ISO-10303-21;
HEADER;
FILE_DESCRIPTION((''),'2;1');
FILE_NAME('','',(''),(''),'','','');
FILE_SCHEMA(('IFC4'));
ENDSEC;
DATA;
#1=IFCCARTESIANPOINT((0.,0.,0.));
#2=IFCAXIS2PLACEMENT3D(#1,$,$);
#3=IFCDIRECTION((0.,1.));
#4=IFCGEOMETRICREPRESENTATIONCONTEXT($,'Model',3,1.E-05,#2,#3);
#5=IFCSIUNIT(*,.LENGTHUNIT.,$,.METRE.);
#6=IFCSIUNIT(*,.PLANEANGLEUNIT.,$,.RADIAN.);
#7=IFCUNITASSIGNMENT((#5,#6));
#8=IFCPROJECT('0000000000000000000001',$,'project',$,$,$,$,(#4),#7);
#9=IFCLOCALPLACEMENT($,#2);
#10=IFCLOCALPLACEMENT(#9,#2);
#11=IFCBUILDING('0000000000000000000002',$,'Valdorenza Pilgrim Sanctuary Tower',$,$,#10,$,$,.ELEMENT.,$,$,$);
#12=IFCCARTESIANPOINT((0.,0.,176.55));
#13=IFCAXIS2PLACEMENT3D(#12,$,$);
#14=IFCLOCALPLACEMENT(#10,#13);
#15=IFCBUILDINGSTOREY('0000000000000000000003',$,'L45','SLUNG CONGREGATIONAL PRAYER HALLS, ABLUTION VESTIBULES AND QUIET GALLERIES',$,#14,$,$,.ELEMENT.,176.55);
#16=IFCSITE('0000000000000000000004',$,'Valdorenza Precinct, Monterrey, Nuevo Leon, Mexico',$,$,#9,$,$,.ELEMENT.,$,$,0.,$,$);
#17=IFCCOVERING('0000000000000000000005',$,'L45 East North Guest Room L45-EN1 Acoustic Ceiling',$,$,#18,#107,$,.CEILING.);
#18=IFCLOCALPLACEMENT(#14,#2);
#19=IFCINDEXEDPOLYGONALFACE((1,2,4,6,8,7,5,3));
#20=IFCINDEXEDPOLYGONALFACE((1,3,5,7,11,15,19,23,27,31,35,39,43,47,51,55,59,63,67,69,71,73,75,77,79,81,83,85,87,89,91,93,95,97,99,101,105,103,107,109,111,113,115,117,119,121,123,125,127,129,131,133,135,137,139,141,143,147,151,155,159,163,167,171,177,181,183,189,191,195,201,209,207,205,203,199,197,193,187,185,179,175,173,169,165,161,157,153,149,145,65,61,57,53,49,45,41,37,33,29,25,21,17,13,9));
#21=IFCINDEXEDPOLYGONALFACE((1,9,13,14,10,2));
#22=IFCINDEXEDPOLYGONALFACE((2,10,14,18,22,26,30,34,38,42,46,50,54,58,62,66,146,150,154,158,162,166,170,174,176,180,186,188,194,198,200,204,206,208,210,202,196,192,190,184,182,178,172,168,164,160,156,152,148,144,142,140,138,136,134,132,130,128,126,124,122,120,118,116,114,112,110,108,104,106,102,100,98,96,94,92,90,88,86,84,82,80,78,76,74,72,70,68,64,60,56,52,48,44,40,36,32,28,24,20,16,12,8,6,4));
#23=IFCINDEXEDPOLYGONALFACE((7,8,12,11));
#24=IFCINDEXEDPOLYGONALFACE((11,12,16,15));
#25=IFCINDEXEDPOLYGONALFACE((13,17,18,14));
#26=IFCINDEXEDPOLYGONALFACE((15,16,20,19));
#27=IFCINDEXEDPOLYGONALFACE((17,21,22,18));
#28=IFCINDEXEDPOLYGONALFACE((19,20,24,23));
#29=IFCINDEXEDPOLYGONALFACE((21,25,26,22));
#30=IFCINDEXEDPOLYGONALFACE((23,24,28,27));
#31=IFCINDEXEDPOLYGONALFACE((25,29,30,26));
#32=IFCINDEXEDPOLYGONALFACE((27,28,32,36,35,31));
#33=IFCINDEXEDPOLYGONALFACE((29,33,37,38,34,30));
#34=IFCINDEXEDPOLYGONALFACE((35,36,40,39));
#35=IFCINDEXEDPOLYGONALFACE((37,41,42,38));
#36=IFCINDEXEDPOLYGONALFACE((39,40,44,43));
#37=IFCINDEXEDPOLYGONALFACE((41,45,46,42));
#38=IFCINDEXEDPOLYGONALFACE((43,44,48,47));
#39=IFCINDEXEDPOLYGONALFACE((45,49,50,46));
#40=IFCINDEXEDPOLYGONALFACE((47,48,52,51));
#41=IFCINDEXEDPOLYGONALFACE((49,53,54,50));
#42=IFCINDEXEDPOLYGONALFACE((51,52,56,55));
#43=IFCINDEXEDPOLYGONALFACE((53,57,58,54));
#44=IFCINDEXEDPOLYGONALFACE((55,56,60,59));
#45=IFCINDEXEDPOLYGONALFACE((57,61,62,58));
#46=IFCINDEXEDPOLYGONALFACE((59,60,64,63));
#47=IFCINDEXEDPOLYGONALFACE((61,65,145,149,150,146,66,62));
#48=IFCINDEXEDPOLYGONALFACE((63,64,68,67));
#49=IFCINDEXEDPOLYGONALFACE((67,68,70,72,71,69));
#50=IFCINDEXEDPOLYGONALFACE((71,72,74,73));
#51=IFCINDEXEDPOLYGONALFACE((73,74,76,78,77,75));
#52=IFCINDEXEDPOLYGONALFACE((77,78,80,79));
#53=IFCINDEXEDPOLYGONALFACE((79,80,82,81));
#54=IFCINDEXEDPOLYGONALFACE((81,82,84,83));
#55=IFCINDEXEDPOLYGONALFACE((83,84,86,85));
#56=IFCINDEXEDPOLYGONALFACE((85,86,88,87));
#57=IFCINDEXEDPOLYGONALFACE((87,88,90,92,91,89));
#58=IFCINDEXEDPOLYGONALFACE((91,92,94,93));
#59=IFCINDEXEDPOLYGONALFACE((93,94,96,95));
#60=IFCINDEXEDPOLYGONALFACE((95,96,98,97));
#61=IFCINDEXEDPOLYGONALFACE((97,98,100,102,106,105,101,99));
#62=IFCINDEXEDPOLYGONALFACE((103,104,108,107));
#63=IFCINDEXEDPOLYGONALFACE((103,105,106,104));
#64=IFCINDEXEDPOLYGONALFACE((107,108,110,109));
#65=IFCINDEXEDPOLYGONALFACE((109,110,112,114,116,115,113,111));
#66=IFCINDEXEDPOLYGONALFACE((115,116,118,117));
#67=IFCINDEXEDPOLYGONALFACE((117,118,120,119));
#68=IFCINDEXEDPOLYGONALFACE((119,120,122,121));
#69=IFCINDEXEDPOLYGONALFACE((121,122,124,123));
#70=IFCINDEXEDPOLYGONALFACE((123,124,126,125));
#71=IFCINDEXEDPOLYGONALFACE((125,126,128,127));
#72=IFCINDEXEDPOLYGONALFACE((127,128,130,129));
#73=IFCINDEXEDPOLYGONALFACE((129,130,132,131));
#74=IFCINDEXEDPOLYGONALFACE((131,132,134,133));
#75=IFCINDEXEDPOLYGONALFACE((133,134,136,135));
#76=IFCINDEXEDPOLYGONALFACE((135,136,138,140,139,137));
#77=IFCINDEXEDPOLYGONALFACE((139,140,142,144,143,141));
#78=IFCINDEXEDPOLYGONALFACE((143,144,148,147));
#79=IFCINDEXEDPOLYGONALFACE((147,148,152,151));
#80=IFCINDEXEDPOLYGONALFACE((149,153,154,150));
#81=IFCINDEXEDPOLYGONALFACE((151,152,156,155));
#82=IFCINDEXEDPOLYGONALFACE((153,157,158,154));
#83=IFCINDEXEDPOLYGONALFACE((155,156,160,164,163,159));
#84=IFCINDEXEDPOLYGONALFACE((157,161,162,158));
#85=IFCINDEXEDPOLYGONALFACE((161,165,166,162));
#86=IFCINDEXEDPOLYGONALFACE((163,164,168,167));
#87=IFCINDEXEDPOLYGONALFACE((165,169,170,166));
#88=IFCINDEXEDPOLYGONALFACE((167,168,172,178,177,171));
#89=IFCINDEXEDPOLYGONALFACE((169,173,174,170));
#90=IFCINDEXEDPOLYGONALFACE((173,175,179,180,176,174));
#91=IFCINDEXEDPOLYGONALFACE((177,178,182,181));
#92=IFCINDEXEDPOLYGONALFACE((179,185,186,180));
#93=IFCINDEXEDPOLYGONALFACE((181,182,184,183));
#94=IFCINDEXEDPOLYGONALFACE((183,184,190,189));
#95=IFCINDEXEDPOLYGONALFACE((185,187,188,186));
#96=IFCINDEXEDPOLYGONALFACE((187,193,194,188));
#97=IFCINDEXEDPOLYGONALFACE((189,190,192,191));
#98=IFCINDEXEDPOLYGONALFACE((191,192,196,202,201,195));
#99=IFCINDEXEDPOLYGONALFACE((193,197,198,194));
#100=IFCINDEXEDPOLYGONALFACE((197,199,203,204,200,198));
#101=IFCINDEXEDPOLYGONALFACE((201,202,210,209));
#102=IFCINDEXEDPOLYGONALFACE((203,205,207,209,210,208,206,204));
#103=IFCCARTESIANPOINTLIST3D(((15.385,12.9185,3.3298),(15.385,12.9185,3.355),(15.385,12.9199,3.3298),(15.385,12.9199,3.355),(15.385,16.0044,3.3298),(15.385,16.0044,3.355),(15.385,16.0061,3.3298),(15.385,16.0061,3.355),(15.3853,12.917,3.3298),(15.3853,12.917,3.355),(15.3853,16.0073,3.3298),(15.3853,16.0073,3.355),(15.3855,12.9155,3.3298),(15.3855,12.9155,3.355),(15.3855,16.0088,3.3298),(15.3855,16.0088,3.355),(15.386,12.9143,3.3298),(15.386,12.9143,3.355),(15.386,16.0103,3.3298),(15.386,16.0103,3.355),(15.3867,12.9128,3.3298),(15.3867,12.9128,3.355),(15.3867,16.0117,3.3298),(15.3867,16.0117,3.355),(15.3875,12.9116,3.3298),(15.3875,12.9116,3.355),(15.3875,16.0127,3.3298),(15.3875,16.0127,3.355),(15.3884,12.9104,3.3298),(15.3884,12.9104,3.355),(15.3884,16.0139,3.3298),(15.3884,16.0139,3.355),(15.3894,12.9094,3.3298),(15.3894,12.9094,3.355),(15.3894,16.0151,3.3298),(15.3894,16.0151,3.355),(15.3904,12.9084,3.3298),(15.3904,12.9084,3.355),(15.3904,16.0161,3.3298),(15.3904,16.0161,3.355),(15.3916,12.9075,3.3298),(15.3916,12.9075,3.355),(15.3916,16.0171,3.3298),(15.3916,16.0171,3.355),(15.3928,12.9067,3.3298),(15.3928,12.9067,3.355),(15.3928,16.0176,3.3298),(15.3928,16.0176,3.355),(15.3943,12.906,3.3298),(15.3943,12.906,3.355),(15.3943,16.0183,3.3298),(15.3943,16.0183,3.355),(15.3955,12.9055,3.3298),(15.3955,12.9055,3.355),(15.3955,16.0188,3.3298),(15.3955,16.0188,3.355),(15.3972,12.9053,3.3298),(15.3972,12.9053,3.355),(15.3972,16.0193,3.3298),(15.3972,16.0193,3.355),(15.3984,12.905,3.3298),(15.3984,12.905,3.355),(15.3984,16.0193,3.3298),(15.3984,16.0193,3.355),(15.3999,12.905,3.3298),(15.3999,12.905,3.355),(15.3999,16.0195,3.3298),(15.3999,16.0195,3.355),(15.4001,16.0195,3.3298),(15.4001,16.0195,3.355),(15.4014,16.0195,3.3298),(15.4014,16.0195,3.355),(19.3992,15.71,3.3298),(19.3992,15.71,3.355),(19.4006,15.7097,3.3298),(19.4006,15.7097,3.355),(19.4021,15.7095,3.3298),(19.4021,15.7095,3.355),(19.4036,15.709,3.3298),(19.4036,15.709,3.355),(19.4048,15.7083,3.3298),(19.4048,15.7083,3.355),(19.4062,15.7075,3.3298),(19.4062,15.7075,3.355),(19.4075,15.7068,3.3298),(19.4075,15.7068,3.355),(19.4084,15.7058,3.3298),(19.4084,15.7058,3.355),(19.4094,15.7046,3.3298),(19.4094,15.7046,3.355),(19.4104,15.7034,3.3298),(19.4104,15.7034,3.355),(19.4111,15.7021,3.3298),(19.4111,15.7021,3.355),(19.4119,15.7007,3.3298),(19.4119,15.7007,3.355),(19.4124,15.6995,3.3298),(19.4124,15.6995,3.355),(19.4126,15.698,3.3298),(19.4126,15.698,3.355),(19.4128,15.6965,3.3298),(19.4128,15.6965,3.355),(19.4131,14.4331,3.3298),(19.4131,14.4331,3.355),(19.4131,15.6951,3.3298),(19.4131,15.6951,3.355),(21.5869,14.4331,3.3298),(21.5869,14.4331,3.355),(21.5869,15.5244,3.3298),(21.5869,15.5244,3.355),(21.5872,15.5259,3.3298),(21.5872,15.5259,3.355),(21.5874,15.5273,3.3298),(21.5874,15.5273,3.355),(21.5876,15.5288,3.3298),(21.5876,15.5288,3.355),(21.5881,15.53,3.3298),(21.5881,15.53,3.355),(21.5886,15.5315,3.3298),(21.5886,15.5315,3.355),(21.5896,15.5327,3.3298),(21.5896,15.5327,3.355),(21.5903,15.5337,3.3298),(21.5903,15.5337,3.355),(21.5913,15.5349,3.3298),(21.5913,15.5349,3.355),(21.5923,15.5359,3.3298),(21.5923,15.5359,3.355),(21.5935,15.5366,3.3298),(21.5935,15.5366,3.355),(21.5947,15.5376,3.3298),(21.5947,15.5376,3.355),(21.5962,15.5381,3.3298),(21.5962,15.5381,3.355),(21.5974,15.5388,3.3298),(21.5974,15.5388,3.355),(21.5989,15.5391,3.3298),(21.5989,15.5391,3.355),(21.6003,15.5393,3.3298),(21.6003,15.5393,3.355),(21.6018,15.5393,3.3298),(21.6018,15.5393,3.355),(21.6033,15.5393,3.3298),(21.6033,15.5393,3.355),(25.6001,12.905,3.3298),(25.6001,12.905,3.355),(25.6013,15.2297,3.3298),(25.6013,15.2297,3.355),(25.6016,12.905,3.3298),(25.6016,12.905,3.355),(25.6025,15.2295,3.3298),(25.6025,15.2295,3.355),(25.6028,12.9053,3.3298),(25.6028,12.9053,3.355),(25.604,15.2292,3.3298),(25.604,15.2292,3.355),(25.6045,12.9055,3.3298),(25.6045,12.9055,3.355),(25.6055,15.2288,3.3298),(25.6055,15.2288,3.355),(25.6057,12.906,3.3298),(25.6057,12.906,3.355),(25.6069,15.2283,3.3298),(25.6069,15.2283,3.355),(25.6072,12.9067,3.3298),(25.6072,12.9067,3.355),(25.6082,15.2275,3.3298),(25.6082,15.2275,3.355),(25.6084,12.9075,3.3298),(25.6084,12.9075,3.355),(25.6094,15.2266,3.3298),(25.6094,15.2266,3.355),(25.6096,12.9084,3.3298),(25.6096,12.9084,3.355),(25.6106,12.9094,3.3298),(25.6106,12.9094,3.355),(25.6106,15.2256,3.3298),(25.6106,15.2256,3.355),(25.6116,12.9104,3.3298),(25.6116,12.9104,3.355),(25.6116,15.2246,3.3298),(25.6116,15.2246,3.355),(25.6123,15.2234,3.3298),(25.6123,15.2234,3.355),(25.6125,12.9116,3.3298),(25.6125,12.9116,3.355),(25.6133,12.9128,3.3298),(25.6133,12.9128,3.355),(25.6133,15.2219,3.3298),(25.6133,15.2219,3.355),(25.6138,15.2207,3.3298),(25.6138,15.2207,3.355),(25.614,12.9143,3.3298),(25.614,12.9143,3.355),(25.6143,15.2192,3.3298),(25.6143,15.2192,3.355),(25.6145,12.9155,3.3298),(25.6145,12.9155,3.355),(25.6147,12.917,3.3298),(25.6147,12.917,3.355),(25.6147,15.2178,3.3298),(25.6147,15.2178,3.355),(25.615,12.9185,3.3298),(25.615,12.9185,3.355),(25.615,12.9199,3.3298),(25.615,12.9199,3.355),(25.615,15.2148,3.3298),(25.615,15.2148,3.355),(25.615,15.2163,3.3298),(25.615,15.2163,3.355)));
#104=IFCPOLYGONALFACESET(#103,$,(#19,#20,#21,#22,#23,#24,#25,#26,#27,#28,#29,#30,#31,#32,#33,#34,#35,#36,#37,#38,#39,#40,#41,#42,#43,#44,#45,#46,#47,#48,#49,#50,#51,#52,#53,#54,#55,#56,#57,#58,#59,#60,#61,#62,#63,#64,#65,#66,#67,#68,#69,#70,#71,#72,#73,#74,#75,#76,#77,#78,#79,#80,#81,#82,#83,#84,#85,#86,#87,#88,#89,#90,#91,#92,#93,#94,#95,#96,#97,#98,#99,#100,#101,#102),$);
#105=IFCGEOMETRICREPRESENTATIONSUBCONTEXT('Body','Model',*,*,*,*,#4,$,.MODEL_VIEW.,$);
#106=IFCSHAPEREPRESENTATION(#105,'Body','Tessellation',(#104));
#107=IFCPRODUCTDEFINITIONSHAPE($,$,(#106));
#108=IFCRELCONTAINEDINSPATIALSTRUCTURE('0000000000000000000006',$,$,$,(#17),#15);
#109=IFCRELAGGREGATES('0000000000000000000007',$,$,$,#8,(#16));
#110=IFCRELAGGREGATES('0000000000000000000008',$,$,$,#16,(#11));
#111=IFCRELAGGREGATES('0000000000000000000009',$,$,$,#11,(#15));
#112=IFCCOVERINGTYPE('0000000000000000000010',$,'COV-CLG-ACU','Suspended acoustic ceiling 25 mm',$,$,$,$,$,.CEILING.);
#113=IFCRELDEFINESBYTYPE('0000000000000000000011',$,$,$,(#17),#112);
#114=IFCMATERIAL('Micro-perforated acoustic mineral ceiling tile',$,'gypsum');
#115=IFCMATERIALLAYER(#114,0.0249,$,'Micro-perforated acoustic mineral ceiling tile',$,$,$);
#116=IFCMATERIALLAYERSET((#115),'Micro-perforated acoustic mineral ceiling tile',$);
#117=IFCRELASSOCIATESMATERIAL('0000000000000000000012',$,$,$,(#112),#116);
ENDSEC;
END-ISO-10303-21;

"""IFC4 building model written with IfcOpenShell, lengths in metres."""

from ifc_helpers import new_model, si_unit, direction, frame, origin, place, context, subcontext, project, spatial, polyline, outline, extrude, material, layer, layer_set, type_object, element, save


model = new_model("IFC4")

# Units and contexts
model_context = context("Model", 3, precision=1e-05, world=origin(), true_north=direction((0.0, 1.0)))
body_context = subcontext(model_context, "Body", "Model", "MODEL_VIEW")
ifc_project = project(units=[si_unit("LENGTHUNIT", "METRE"), si_unit("PLANEANGLEUNIT", "RADIAN")], contexts=[model_context])

# Site, building, storey
site_placement = place(None, origin())
site = spatial("IfcSite", under=ifc_project, at=site_placement, Name="Valdorenza Precinct, Monterrey, Nuevo Leon, Mexico", CompositionType="ELEMENT", RefElevation=0.0)
building_placement = place(site_placement, origin())
building = spatial("IfcBuilding", under=site, at=building_placement, Name="Valdorenza Pilgrim Sanctuary Tower", CompositionType="ELEMENT")
storey_placement = place(building_placement, frame((0.0, 0.0, 176.55)))
storey = spatial("IfcBuildingStorey", under=building, at=storey_placement, Name="L45", Description="SLUNG CONGREGATIONAL PRAYER HALLS, ABLUTION VESTIBULES AND QUIET GALLERIES", CompositionType="ELEMENT", Elevation=176.55)

# Covering
ifc_material_1 = material(Name="Micro-perforated acoustic mineral ceiling tile", Category="gypsum")
ifc_layer_1 = layer(ifc_material_1, 0.0249, Name="Micro-perforated acoustic mineral ceiling tile")
ifc_layer_set_1 = layer_set([ifc_layer_1], Name="Micro-perforated acoustic mineral ceiling tile")
covering_type_1 = type_object("IfcCoveringType", Name="COV-CLG-ACU", Description="Suspended acoustic ceiling 25 mm", PredefinedType="CEILING", material=ifc_layer_set_1)
covering_1_placement = place(storey_placement, frame((0.0, 0.0, 3.3298)))
element("IfcCovering", 1, at=covering_1_placement, inside=storey, type_object=covering_type_1, Name="L45 East North Guest Room L45-EN1 Acoustic Ceiling", PredefinedType="CEILING", context=body_context, shape_type="SweptSolid", body=[
    extrude(outline(polyline([(15.3999, 12.905), (15.3984, 12.905), (15.3972, 12.9053), (15.3955, 12.9055), (15.3943, 12.906), (15.3928, 12.9067), (15.3916, 12.9075), (15.3904, 12.9084), (15.3894, 12.9094), (15.3884, 12.9104), (15.3875, 12.9116), (15.3867, 12.9128), (15.386, 12.9143), (15.3855, 12.9155), (15.3853, 12.917), (15.385, 12.9185), (15.385, 12.9199), (15.385, 16.0044), (15.385, 16.0061), (15.3853, 16.0073), (15.3855, 16.0088), (15.386, 16.0103), (15.3867, 16.0117), (15.3875, 16.0127), (15.3884, 16.0139), (15.3894, 16.0151), (15.3904, 16.0161), (15.3916, 16.0171), (15.3928, 16.0176), (15.3943, 16.0183), (15.3955, 16.0188), (15.3972, 16.0193), (15.3984, 16.0193), (15.3999, 16.0195), (15.4001, 16.0195), (15.4014, 16.0195), (19.3992, 15.71), (19.4006, 15.7097), (19.4021, 15.7095), (19.4036, 15.709), (19.4048, 15.7083), (19.4062, 15.7075), (19.4075, 15.7068), (19.4084, 15.7058), (19.4094, 15.7046), (19.4104, 15.7034), (19.4111, 15.7021), (19.4119, 15.7007), (19.4124, 15.6995), (19.4126, 15.698), (19.4128, 15.6965), (19.4131, 15.6951), (19.4131, 14.4331), (21.5869, 14.4331), (21.5869, 15.5244), (21.5872, 15.5259), (21.5874, 15.5273), (21.5876, 15.5288), (21.5881, 15.53), (21.5886, 15.5315), (21.5896, 15.5327), (21.5903, 15.5337), (21.5913, 15.5349), (21.5923, 15.5359), (21.5935, 15.5366), (21.5947, 15.5376), (21.5962, 15.5381), (21.5974, 15.5388), (21.5989, 15.5391), (21.6003, 15.5393), (21.6018, 15.5393), (21.6033, 15.5393), (25.6013, 15.2297), (25.6025, 15.2295), (25.604, 15.2292), (25.6055, 15.2288), (25.6069, 15.2283), (25.6082, 15.2275), (25.6094, 15.2266), (25.6106, 15.2256), (25.6116, 15.2246), (25.6123, 15.2234), (25.6133, 15.2219), (25.6138, 15.2207), (25.6143, 15.2192), (25.6147, 15.2178), (25.615, 15.2163), (25.615, 15.2148), (25.615, 12.9199), (25.615, 12.9185), (25.6147, 12.917), (25.6145, 12.9155), (25.614, 12.9143), (25.6133, 12.9128), (25.6125, 12.9116), (25.6116, 12.9104), (25.6106, 12.9094), (25.6096, 12.9084), (25.6084, 12.9075), (25.6072, 12.9067), (25.6057, 12.906), (25.6045, 12.9055), (25.6028, 12.9053), (25.6016, 12.905), (25.6001, 12.905), (15.3999, 12.905)])), origin(), (0.0, 0.0, 1.0), 0.0251),
])

save(model, "model.ifc")
